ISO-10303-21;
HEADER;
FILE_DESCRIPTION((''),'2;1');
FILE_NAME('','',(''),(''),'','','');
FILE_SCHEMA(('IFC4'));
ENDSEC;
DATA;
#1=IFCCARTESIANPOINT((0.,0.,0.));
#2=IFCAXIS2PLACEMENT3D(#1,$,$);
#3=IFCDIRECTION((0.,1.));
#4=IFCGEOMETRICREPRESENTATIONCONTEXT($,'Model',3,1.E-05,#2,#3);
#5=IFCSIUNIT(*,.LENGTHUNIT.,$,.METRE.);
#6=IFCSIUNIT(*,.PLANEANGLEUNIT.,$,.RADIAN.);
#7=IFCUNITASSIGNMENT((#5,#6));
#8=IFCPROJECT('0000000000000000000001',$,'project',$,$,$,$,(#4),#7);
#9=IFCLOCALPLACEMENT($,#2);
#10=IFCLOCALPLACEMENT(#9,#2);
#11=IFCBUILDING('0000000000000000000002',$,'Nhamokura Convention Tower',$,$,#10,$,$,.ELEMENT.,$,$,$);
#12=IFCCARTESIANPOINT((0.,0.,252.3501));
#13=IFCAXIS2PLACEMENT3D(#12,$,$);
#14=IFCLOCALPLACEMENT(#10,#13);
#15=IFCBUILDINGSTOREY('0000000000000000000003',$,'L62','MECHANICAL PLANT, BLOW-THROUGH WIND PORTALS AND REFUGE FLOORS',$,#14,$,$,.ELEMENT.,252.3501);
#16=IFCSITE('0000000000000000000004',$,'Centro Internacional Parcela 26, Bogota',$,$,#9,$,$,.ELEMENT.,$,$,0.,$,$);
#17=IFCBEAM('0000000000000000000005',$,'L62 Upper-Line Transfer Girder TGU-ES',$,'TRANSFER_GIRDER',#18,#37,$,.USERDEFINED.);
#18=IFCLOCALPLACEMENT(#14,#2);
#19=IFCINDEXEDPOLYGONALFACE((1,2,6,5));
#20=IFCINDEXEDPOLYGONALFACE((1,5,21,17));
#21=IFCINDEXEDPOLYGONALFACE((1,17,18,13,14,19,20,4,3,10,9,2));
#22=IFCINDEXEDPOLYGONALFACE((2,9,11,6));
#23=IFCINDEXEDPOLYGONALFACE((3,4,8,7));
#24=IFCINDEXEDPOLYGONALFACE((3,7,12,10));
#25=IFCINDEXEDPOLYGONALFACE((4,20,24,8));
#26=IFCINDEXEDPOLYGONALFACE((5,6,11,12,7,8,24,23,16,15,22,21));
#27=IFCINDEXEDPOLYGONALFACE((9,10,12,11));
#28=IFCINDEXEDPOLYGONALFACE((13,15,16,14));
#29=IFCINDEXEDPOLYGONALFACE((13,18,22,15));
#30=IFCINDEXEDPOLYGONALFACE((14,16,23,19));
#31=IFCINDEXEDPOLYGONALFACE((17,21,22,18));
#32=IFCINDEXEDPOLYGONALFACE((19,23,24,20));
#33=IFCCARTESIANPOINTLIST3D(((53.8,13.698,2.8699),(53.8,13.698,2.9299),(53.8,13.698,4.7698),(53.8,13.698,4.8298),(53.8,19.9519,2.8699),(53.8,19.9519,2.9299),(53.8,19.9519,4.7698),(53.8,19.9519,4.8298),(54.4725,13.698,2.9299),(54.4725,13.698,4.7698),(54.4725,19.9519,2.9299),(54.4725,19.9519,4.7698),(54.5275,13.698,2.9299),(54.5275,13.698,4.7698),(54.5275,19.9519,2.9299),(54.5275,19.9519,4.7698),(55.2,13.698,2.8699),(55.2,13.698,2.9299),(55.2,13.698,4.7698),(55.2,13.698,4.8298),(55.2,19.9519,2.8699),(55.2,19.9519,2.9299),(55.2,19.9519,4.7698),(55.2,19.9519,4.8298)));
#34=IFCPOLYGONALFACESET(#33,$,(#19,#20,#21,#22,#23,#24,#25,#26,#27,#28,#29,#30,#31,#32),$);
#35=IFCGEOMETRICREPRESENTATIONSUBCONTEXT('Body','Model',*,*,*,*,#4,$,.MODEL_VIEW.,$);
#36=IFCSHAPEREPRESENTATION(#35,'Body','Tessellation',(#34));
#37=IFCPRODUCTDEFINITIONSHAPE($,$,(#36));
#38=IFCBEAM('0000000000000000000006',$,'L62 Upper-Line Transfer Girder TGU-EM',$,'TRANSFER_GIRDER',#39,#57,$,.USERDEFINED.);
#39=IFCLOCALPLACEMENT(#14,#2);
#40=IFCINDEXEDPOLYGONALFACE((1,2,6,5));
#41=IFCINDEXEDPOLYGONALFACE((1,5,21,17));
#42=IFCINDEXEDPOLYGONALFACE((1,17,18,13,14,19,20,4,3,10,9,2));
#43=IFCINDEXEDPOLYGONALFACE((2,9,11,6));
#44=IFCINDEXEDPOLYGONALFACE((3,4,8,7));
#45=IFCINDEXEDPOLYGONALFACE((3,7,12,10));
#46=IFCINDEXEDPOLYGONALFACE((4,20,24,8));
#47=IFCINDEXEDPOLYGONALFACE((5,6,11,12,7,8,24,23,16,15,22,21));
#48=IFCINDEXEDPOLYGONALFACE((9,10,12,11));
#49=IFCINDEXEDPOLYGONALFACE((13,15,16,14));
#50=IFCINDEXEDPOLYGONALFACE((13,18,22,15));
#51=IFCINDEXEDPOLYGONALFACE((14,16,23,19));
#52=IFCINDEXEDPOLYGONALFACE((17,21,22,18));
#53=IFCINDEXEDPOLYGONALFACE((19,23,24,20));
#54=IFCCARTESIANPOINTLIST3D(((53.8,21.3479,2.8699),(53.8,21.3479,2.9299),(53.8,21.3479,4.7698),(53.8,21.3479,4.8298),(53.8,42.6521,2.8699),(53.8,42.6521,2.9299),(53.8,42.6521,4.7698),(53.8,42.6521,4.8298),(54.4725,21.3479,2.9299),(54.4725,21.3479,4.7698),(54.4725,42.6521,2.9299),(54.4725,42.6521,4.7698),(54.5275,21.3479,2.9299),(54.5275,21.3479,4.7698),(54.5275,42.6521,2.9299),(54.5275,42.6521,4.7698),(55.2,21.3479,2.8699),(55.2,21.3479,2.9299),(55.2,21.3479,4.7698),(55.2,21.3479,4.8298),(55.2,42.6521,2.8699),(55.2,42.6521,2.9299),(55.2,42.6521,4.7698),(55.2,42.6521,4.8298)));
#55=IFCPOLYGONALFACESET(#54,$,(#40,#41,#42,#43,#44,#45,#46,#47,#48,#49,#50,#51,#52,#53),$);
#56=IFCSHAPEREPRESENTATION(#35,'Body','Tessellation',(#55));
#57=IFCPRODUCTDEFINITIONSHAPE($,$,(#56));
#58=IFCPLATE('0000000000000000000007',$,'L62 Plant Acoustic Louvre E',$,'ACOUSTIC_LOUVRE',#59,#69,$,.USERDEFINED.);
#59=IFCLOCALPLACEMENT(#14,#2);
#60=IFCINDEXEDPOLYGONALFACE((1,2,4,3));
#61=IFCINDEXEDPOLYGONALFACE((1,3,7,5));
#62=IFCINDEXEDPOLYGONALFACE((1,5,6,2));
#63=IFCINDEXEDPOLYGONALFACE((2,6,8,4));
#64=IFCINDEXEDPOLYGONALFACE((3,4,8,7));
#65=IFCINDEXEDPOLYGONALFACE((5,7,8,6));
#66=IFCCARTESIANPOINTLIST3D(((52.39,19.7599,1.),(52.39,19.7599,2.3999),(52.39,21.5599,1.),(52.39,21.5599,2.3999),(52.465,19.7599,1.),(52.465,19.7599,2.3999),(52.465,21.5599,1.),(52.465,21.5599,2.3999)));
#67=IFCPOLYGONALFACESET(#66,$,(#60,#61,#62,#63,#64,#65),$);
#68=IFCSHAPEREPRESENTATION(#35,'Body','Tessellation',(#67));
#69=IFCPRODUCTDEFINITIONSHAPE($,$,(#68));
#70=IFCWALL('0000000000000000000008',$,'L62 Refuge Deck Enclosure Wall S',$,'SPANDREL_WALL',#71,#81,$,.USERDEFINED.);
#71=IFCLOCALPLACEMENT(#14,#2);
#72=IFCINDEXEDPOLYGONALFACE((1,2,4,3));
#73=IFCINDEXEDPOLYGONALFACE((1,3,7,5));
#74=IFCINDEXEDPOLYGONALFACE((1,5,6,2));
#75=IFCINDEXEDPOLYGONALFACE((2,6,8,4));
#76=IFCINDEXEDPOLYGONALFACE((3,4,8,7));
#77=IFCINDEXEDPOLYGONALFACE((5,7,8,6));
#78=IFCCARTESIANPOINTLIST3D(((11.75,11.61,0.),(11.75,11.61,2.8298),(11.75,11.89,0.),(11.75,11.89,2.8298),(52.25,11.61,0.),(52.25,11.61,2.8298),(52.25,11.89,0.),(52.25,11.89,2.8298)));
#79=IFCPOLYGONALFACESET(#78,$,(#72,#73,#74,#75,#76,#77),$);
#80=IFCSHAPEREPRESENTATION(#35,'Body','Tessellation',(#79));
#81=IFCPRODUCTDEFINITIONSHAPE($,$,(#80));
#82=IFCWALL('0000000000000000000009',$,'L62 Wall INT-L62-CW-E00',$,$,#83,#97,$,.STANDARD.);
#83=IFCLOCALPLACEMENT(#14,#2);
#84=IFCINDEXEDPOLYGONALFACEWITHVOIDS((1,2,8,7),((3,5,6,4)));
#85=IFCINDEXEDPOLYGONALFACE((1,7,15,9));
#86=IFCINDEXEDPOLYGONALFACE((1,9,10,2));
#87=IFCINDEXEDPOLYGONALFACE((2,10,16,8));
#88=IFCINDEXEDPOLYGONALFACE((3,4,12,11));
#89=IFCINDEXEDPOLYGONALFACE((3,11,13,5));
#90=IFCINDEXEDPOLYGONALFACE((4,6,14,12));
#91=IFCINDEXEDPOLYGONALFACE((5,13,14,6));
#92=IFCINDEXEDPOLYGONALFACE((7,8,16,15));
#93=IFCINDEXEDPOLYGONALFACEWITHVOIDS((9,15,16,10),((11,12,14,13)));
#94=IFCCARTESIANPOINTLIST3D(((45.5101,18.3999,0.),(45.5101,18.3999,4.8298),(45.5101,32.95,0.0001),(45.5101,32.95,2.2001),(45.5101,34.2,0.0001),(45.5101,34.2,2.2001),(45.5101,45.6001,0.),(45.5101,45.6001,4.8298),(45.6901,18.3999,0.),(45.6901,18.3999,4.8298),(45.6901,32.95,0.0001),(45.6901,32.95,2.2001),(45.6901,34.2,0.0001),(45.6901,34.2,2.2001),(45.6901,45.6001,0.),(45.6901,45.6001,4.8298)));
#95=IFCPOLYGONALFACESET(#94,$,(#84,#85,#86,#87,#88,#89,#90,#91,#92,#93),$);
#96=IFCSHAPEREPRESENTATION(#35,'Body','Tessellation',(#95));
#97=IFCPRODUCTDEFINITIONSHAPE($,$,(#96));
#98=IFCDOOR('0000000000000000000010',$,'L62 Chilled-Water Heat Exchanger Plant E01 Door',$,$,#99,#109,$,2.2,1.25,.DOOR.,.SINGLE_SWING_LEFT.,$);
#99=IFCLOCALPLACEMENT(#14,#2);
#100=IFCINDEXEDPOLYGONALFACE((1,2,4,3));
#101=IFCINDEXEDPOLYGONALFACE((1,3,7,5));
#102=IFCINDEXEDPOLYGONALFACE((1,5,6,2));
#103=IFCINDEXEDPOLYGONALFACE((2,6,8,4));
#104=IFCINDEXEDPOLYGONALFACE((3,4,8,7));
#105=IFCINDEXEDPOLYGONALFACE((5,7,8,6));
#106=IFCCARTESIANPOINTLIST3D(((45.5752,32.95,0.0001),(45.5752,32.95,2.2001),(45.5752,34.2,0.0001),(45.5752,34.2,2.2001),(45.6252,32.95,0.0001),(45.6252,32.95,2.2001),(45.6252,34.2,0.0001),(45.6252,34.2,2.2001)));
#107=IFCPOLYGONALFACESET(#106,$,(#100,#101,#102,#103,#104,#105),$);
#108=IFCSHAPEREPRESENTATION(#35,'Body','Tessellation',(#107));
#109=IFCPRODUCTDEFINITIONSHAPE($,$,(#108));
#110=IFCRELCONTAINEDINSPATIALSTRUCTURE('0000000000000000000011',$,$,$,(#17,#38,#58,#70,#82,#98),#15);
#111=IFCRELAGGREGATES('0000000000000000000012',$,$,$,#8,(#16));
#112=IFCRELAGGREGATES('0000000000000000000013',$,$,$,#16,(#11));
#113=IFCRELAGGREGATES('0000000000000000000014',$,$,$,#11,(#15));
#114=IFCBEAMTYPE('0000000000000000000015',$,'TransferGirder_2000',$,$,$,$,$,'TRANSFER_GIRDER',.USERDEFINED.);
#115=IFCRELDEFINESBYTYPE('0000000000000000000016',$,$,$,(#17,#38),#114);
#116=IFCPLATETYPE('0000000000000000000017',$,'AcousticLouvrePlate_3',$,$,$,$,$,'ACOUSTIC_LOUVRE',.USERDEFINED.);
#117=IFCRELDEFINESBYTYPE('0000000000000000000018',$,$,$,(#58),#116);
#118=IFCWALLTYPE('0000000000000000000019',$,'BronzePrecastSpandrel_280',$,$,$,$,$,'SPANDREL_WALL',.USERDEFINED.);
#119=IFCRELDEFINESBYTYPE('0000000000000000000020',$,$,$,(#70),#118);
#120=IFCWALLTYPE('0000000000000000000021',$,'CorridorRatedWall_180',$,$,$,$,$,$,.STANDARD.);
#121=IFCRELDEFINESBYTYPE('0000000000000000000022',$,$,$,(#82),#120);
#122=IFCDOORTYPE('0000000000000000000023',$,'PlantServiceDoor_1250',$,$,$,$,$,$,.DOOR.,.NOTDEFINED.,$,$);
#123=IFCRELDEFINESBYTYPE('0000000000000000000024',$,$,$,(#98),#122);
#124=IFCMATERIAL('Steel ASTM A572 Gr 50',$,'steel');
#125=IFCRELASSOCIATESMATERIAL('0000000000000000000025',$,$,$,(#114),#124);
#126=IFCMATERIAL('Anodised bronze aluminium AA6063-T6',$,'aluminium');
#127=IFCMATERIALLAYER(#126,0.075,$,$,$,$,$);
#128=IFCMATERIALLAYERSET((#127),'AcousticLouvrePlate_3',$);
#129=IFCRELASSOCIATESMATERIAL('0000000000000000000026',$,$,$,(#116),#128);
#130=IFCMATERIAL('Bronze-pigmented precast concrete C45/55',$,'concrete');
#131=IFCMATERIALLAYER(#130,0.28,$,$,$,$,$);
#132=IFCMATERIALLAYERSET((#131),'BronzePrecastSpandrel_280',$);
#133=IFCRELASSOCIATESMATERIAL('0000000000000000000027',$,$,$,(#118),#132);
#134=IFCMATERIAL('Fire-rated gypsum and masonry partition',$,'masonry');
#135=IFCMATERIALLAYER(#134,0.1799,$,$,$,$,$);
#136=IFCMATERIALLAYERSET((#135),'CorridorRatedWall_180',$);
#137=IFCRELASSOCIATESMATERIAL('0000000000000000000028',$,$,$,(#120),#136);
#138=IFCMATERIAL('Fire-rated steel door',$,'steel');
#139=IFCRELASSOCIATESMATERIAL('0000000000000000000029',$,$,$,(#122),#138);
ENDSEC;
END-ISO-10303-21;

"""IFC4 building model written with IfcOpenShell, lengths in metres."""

from ifc_helpers import new_model, si_unit, direction, frame, frame_2d, origin, origin_2d, place, context, subcontext, project, spatial, rectangle, i_section, extrude, material, layer, layer_set, material_profile, profile_set, type_object, element, fill, save


model = new_model("IFC4")

# Units and contexts
model_context = context("Model", 3, precision=1e-05, world=origin(), true_north=direction((0.0, 1.0)))
body_context = subcontext(model_context, "Body", "Model", "MODEL_VIEW")
ifc_project = project(units=[si_unit("LENGTHUNIT", "METRE"), si_unit("PLANEANGLEUNIT", "RADIAN")], contexts=[model_context])

# Site, building, storey
site_placement = place(None, origin())
site = spatial("IfcSite", under=ifc_project, at=site_placement, Name="Centro Internacional Parcela 26, Bogota", CompositionType="ELEMENT", RefElevation=0.0)
building_placement = place(site_placement, origin())
building = spatial("IfcBuilding", under=site, at=building_placement, Name="Nhamokura Convention Tower", CompositionType="ELEMENT")
storey_placement = place(building_placement, frame((0.0, 0.0, 252.3501)))
storey = spatial("IfcBuildingStorey", under=building, at=storey_placement, Name="L62", Description="MECHANICAL PLANT, BLOW-THROUGH WIND PORTALS AND REFUGE FLOORS", CompositionType="ELEMENT", Elevation=252.3501)

# Beams
ifc_material_1 = material(Name="Steel ASTM A572 Gr 50", Category="steel")
ifc_material_profile_1 = material_profile(ifc_material_1, i_section(OverallWidth=1.3999, OverallDepth=1.96, WebThickness=0.0549, FlangeThickness=0.0601, at=origin_2d()))
ifc_profile_set_1 = profile_set([ifc_material_profile_1], Name="Steel ASTM A572 Gr 50")
beam_type_1 = type_object("IfcBeamType", Name="TransferGirder_2000", ElementType="TRANSFER_GIRDER", PredefinedType="USERDEFINED", material=ifc_profile_set_1)
beam_1_placement = place(storey_placement, frame((54.5, 13.698, 3.8499), z_axis=(0.0, 1.0, 0.0), x_axis=(-1.0, 0.0, 0.0)))
element("IfcBeam", 1, at=beam_1_placement, inside=storey, type_object=beam_type_1, Name="L62 Upper-Line Transfer Girder TGU-ES", ObjectType="TRANSFER_GIRDER", PredefinedType="USERDEFINED", context=body_context, shape_type="SweptSolid", body=[
    extrude(i_section(OverallWidth=1.3999, OverallDepth=1.96, WebThickness=0.0549, FlangeThickness=0.0601, at=origin_2d()), origin(), (0.0, 0.0, 1.0), 6.2539),
])
beam_2_placement = place(storey_placement, frame((54.5, 21.3479, 3.8499), z_axis=(0.0, 1.0, 0.0), x_axis=(-1.0, 0.0, 0.0)))
element("IfcBeam", 2, at=beam_2_placement, inside=storey, type_object=beam_type_1, Name="L62 Upper-Line Transfer Girder TGU-EM", ObjectType="TRANSFER_GIRDER", PredefinedType="USERDEFINED", context=body_context, shape_type="SweptSolid", body=[
    extrude(i_section(OverallWidth=1.3999, OverallDepth=1.96, WebThickness=0.0549, FlangeThickness=0.0601, at=origin_2d()), origin(), (0.0, 0.0, 1.0), 21.3042),
])

# Plate
ifc_material_2 = material(Name="Anodised bronze aluminium AA6063-T6", Category="aluminium")
ifc_layer_1 = layer(ifc_material_2, 0.075)
ifc_layer_set_1 = layer_set([ifc_layer_1], Name="AcousticLouvrePlate_3")
plate_type = type_object("IfcPlateType", Name="AcousticLouvrePlate_3", ElementType="ACOUSTIC_LOUVRE", PredefinedType="USERDEFINED", material=ifc_layer_set_1)
plate_placement = place(storey_placement, frame((52.4275, 20.6599, 1.0), z_axis=(0.0, 0.0, 1.0), x_axis=(0.0, -1.0, 0.0)))
element("IfcPlate", 3, at=plate_placement, inside=storey, type_object=plate_type, Name="L62 Plant Acoustic Louvre E", ObjectType="ACOUSTIC_LOUVRE", PredefinedType="USERDEFINED", context=body_context, shape_type="SweptSolid", body=[
    extrude(rectangle(XDim=1.8, YDim=0.075, at=origin_2d()), origin(), (0.0, 0.0, 1.0), 1.3999),
])

# Wall
ifc_material_3 = material(Name="Bronze-pigmented precast concrete C45/55", Category="concrete")
ifc_layer_2 = layer(ifc_material_3, 0.28)
ifc_layer_set_2 = layer_set([ifc_layer_2], Name="BronzePrecastSpandrel_280")
wall_type_1 = type_object("IfcWallType", Name="BronzePrecastSpandrel_280", ElementType="SPANDREL_WALL", PredefinedType="USERDEFINED", material=ifc_layer_set_2)
wall_1_placement = place(storey_placement, frame((52.25, 11.75, 0.0), z_axis=(0.0, 0.0, 1.0), x_axis=(-1.0, 0.0, 0.0)))
element("IfcWall", 4, at=wall_1_placement, inside=storey, type_object=wall_type_1, Name="L62 Refuge Deck Enclosure Wall S", ObjectType="SPANDREL_WALL", PredefinedType="USERDEFINED", context=body_context, shape_type="SweptSolid", body=[
    extrude(rectangle(XDim=40.5, YDim=0.28, at=frame_2d((20.25, 0.0))), origin(), (0.0, 0.0, 1.0), 2.8298),
])

# Wall, opening, door
ifc_material_4 = material(Name="Fire-rated gypsum and masonry partition", Category="masonry")
ifc_layer_3 = layer(ifc_material_4, 0.1799)
ifc_layer_set_3 = layer_set([ifc_layer_3], Name="CorridorRatedWall_180")
wall_type_2 = type_object("IfcWallType", Name="CorridorRatedWall_180", PredefinedType="STANDARD", material=ifc_layer_set_3)
wall_2_placement = place(storey_placement, frame((45.6001, 18.3999, 0.0), z_axis=(0.0, 0.0, 1.0), x_axis=(0.0, 1.0, 0.0)))
wall_2 = element("IfcWall", 5, at=wall_2_placement, inside=storey, type_object=wall_type_2, Name="L62 Wall INT-L62-CW-E00", PredefinedType="STANDARD", context=body_context, shape_type="SweptSolid", body=[
    extrude(rectangle(XDim=27.2002, YDim=0.1799, at=frame_2d((13.6001, 0.0))), origin(), (0.0, 0.0, 1.0), 4.8298),
])
opening_placement = place(wall_2_placement, frame((14.55, 0.0, 0.0)))
opening = element("IfcOpeningElement", 6, at=opening_placement, cuts=wall_2, PredefinedType="OPENING", context=body_context, shape_type="SweptSolid", body=[
    extrude(rectangle(XDim=1.25, YDim=2.2, at=frame_2d((0.625, 1.1001))), frame((0.0, 0.0999, 0.0), z_axis=(0.0, -1.0, 0.0), x_axis=(1.0, 0.0, 0.0)), (0.0, 0.0, 1.0), 0.2),
])
ifc_material_5 = material(Name="Fire-rated steel door", Category="steel")
door_type = type_object("IfcDoorType", Name="PlantServiceDoor_1250", OperationType="NOTDEFINED", PredefinedType="DOOR", material=ifc_material_5)
door_placement = place(opening_placement, origin())
door = element("IfcDoor", 7, at=door_placement, inside=storey, type_object=door_type, Name="L62 Chilled-Water Heat Exchanger Plant E01 Door", OperationType="SINGLE_SWING_LEFT", OverallHeight=2.2, OverallWidth=1.25, PredefinedType="DOOR", context=body_context, shape_type="SweptSolid", body=[
    extrude(rectangle(XDim=1.25, YDim=2.2, at=frame_2d((0.625, 1.1001))), frame((0.0, 0.0249, 0.0), z_axis=(0.0, -1.0, 0.0), x_axis=(1.0, 0.0, 0.0)), (0.0, 0.0, 1.0), 0.05),
])
fill(opening, door)

save(model, "model.ifc")
